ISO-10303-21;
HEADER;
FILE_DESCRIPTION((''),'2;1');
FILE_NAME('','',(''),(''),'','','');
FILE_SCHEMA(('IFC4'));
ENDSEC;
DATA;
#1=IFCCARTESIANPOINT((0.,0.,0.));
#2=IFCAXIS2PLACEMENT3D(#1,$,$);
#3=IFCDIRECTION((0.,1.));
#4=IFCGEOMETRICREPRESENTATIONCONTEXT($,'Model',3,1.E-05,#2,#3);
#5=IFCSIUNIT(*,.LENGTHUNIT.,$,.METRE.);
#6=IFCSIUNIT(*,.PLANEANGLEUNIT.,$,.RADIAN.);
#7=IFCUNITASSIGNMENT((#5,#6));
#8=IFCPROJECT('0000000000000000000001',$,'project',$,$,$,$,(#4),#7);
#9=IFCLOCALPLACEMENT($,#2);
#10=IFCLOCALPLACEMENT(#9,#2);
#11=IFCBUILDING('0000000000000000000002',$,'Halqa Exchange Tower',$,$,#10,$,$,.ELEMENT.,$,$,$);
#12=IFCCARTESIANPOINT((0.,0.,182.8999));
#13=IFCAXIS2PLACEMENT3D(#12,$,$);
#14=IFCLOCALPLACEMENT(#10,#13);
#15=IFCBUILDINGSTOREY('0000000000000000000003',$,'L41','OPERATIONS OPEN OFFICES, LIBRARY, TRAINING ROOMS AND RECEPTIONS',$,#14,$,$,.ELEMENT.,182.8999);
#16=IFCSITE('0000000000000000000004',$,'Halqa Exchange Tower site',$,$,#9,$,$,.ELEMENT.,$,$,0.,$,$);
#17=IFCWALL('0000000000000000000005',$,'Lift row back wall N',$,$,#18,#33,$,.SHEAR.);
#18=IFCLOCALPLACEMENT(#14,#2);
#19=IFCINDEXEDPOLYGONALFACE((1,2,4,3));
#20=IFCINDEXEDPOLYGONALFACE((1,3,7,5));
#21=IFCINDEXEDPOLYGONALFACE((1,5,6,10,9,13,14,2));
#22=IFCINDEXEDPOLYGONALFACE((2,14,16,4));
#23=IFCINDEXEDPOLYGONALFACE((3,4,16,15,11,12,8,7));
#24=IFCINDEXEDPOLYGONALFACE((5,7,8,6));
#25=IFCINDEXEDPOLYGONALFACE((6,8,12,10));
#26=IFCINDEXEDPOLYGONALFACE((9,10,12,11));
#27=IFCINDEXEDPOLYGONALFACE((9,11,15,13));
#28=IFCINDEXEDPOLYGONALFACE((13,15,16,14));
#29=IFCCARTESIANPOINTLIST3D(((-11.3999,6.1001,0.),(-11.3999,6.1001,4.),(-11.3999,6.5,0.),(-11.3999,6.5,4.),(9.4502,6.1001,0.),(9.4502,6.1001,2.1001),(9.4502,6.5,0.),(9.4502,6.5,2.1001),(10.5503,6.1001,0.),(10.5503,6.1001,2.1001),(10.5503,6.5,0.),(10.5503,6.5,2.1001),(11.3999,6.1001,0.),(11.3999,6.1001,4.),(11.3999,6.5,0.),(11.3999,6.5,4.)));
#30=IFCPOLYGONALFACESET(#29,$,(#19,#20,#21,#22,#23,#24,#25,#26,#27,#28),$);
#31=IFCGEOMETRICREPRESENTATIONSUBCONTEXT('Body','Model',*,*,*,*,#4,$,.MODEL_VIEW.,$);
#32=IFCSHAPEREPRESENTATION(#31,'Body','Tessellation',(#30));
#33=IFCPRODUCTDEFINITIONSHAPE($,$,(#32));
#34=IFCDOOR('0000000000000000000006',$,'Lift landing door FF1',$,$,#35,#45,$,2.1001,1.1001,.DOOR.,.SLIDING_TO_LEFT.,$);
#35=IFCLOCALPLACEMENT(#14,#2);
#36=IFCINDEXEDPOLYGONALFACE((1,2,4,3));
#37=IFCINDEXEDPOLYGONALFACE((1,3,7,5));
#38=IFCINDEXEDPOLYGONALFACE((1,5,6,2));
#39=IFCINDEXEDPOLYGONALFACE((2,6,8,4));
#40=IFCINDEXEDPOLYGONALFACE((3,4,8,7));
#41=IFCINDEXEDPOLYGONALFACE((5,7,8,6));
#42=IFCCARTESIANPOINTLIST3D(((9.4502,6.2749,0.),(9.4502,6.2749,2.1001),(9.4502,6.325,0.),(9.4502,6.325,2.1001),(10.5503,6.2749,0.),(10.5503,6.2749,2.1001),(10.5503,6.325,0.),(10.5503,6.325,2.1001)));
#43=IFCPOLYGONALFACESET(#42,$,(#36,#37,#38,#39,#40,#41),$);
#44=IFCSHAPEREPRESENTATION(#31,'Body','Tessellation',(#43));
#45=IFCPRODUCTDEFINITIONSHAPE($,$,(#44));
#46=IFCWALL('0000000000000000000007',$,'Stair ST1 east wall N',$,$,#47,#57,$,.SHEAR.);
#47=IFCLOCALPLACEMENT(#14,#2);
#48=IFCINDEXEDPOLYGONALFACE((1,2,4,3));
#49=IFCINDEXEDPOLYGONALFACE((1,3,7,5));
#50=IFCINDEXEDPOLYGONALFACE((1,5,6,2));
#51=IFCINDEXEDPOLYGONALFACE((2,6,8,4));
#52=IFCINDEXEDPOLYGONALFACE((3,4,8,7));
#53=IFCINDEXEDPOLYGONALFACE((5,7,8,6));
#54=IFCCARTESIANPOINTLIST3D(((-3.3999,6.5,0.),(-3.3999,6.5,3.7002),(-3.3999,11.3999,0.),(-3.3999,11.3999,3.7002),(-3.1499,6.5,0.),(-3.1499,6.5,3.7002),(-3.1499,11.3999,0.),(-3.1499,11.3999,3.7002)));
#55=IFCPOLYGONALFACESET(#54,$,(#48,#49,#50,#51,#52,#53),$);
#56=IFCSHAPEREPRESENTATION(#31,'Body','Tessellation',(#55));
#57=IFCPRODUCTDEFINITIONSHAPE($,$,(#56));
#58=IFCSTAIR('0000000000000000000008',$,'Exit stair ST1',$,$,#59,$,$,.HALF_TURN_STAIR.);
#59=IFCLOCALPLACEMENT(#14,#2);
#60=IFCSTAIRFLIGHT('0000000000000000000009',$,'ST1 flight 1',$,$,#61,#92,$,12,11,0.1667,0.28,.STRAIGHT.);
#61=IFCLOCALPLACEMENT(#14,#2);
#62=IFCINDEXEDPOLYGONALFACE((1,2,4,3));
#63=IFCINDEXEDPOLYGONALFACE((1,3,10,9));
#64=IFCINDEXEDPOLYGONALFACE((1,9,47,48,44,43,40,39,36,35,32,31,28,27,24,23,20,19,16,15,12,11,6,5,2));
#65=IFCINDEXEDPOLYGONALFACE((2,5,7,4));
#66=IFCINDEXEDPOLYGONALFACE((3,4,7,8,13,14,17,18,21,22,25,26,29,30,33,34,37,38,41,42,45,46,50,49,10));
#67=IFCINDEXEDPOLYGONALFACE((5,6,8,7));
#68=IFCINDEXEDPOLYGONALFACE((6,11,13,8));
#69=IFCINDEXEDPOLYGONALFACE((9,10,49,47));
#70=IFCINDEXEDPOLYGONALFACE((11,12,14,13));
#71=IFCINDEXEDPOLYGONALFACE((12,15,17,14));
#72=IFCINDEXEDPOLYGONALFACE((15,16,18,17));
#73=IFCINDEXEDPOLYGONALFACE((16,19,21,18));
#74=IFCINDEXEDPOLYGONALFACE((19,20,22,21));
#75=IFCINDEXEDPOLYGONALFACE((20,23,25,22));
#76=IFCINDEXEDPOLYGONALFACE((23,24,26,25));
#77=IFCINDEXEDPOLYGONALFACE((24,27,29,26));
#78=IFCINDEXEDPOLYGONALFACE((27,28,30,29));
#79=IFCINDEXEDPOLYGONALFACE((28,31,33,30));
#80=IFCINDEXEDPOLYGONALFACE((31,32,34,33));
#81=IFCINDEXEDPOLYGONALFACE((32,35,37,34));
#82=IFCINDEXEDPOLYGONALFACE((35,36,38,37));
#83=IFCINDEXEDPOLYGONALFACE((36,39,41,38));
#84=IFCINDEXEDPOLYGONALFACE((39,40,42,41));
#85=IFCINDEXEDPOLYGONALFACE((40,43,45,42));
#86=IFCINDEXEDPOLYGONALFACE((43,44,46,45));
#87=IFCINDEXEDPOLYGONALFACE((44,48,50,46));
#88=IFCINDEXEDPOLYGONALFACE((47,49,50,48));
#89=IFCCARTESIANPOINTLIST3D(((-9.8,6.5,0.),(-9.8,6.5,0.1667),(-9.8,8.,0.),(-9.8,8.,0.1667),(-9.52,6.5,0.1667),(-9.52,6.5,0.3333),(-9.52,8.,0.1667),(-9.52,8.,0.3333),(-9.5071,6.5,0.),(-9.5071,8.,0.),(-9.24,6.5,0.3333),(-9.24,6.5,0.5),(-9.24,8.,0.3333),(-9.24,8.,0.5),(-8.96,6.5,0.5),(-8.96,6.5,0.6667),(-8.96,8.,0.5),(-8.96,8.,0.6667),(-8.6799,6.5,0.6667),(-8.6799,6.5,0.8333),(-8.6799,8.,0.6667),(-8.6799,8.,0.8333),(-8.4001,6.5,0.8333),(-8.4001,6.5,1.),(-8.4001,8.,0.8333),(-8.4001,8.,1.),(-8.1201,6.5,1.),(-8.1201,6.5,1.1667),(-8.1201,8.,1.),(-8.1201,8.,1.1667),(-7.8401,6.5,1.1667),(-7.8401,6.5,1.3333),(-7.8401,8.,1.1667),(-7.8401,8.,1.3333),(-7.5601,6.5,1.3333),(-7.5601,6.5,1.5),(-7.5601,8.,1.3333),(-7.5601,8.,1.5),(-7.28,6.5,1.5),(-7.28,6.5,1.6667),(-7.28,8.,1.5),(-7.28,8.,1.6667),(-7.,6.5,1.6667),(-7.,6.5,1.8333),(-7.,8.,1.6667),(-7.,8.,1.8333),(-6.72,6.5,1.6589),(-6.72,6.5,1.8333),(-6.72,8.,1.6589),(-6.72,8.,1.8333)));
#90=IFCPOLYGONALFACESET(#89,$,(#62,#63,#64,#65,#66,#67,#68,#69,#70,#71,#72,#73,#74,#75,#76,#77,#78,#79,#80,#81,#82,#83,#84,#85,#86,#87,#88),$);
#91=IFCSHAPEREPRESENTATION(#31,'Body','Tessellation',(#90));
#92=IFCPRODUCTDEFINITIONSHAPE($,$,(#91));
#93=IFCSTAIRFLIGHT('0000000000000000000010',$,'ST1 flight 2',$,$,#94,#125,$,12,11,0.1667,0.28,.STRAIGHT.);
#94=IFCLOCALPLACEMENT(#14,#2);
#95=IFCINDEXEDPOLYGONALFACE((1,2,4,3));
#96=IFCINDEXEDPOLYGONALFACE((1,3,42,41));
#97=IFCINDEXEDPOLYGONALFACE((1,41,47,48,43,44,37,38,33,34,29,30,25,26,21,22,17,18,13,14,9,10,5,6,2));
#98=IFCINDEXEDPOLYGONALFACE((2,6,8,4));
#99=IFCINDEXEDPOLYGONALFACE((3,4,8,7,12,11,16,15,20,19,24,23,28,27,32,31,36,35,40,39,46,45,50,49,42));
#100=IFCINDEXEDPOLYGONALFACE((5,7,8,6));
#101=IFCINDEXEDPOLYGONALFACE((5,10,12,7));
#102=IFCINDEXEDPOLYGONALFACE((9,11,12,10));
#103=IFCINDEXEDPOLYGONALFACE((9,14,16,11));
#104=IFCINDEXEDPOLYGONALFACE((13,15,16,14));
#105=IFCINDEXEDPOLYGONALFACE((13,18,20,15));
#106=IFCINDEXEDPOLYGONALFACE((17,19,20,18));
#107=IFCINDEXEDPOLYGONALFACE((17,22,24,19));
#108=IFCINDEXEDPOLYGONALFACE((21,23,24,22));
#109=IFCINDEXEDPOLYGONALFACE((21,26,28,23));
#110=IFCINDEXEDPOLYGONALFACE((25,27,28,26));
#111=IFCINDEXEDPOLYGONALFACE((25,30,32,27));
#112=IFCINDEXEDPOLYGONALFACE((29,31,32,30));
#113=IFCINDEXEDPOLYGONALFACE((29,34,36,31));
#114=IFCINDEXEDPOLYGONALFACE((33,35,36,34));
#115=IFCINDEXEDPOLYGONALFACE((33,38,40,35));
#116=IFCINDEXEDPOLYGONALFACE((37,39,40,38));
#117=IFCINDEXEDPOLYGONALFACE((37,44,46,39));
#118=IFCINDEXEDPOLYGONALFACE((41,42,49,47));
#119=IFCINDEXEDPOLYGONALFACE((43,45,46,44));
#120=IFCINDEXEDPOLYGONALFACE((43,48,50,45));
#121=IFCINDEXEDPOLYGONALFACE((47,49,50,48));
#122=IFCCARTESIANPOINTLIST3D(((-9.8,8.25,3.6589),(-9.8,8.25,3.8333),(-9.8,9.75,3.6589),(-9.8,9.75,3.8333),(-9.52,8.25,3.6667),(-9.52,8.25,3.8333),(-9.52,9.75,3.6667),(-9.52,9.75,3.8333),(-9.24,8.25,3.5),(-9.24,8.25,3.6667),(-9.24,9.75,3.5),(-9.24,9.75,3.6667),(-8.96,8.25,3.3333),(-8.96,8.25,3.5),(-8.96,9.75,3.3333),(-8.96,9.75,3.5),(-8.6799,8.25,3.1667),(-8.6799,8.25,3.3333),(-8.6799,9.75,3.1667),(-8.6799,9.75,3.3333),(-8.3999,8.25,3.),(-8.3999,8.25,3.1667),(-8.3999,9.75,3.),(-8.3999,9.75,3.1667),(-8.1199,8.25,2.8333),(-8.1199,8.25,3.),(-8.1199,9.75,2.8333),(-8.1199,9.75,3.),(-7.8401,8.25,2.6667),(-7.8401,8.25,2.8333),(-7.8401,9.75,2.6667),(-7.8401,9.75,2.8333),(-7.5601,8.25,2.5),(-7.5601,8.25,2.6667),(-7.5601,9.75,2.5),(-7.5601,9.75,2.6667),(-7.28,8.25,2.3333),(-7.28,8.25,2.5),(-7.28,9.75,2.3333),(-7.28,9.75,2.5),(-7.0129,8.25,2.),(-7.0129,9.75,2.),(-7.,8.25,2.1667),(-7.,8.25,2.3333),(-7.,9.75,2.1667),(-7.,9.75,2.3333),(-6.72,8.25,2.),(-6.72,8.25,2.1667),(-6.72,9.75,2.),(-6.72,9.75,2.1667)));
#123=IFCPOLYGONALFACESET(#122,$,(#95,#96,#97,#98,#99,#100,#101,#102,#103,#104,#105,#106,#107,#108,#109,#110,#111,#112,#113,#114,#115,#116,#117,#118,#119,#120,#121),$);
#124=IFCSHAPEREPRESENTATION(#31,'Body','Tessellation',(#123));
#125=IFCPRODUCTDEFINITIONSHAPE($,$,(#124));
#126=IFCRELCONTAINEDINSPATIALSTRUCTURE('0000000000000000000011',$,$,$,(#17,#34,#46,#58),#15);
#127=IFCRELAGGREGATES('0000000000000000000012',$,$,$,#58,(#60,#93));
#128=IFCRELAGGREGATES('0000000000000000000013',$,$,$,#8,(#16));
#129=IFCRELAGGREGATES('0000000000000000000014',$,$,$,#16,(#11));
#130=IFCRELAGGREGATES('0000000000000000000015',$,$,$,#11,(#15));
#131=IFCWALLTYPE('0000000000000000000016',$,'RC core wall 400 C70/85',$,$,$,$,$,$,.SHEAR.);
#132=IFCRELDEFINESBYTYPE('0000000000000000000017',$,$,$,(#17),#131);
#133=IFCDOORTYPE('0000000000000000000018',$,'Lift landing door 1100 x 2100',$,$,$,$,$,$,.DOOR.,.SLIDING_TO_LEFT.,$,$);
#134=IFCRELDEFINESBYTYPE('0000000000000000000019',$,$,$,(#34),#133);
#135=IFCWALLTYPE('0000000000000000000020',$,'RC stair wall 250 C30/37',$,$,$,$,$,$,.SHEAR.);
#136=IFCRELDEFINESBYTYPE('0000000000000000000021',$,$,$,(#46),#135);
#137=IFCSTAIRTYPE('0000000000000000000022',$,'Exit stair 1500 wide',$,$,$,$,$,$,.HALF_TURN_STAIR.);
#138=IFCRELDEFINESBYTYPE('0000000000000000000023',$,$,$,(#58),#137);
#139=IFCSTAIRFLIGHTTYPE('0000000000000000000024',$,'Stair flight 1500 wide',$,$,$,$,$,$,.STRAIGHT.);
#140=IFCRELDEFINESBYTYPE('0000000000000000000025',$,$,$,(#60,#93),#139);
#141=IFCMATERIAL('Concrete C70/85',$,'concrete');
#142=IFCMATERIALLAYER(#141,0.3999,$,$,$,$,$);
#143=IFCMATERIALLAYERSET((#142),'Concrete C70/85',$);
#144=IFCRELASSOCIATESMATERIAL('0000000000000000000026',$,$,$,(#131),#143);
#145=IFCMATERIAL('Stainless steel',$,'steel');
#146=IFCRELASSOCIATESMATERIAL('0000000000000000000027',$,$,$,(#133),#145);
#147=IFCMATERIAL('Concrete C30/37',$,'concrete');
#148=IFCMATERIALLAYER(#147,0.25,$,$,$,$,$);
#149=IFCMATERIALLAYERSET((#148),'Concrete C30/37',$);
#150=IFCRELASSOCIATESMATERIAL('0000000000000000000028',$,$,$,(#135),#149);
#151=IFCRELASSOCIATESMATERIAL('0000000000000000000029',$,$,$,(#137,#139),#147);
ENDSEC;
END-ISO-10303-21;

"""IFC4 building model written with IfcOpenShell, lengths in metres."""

from ifc_helpers import new_model, si_unit, direction, frame, frame_2d, origin, place, context, subcontext, project, spatial, polyline, rectangle, outline, extrude, material, layer, layer_set, type_object, element, fill, aggregate, save


model = new_model("IFC4")

# Units and contexts
model_context = context("Model", 3, precision=1e-05, world=origin(), true_north=direction((0.0, 1.0)))
body_context = subcontext(model_context, "Body", "Model", "MODEL_VIEW")
ifc_project = project(units=[si_unit("LENGTHUNIT", "METRE"), si_unit("PLANEANGLEUNIT", "RADIAN")], contexts=[model_context])

# Site, building, storey
site_placement = place(None, origin())
site = spatial("IfcSite", under=ifc_project, at=site_placement, Name="Halqa Exchange Tower site", CompositionType="ELEMENT", RefElevation=0.0)
building_placement = place(site_placement, origin())
building = spatial("IfcBuilding", under=site, at=building_placement, Name="Halqa Exchange Tower", CompositionType="ELEMENT")
storey_placement = place(building_placement, frame((0.0, 0.0, 182.8999)))
storey = spatial("IfcBuildingStorey", under=building, at=storey_placement, Name="L41", Description="OPERATIONS OPEN OFFICES, LIBRARY, TRAINING ROOMS AND RECEPTIONS", CompositionType="ELEMENT", Elevation=182.8999)

# Shared definitions
ifc_material_1 = material(Name="Concrete C70/85", Category="concrete")
ifc_layer_1 = layer(ifc_material_1, 0.3999)
ifc_layer_set_1 = layer_set([ifc_layer_1], Name="Concrete C70/85")
wall_type_1 = type_object("IfcWallType", Name="RC core wall 400 C70/85", PredefinedType="SHEAR", material=ifc_layer_set_1)
ifc_material_2 = material(Name="Stainless steel", Category="steel")
door_type_1 = type_object("IfcDoorType", Name="Lift landing door 1100 x 2100", OperationType="SLIDING_TO_LEFT", PredefinedType="DOOR", material=ifc_material_2)

# Wall, opening, door
wall_1_placement = place(storey_placement, frame((-11.3999, 6.3, 0.0), z_axis=(0.0, 0.0, 1.0), x_axis=(1.0, 0.0, 0.0)))
wall_1 = element("IfcWall", 1, at=wall_1_placement, inside=storey, type_object=wall_type_1, Name="Lift row back wall N", PredefinedType="SHEAR", context=body_context, shape_type="SweptSolid", body=[
    extrude(rectangle(XDim=22.7998, YDim=0.3999, at=frame_2d((11.3999, 0.0))), origin(), (0.0, 0.0, 1.0), 4.0),
])
opening_1_placement = place(wall_1_placement, frame((20.8501, 0.0, 0.0)))
opening_1 = element("IfcOpeningElement", 2, at=opening_1_placement, cuts=wall_1, PredefinedType="OPENING", context=body_context, shape_type="SweptSolid", body=[
    extrude(rectangle(XDim=1.1001, YDim=2.1001, at=frame_2d((0.55, 1.05))), frame((0.0, 0.2119, 0.0), z_axis=(0.0, -1.0, 0.0), x_axis=(1.0, 0.0, 0.0)), (0.0, 0.0, 1.0), 0.4238),
])
door_1_placement = place(opening_1_placement, origin())
door_1 = element("IfcDoor", 3, at=door_1_placement, inside=storey, type_object=door_type_1, Name="Lift landing door FF1", OperationType="SLIDING_TO_LEFT", OverallHeight=2.1001, OverallWidth=1.1001, PredefinedType="DOOR", context=body_context, shape_type="SweptSolid", body=[
    extrude(rectangle(XDim=1.1001, YDim=2.1001, at=frame_2d((0.55, 1.05))), frame((0.0, 0.0249, 0.0), z_axis=(0.0, -1.0, 0.0), x_axis=(1.0, 0.0, 0.0)), (0.0, 0.0, 1.0), 0.05),
])
fill(opening_1, door_1)

# Wall
ifc_material_3 = material(Name="Concrete C30/37", Category="concrete")
ifc_layer_2 = layer(ifc_material_3, 0.25)
ifc_layer_set_2 = layer_set([ifc_layer_2], Name="Concrete C30/37")
wall_type_2 = type_object("IfcWallType", Name="RC stair wall 250 C30/37", PredefinedType="SHEAR", material=ifc_layer_set_2)
wall_2_placement = place(storey_placement, frame((-3.2749, 6.5, 0.0), z_axis=(0.0, 0.0, 1.0), x_axis=(0.0, 1.0, 0.0)))
element("IfcWall", 4, at=wall_2_placement, inside=storey, type_object=wall_type_2, Name="Stair ST1 east wall N", PredefinedType="SHEAR", context=body_context, shape_type="SweptSolid", body=[
    extrude(rectangle(XDim=4.8999, YDim=0.25, at=frame_2d((2.45, 0.0))), origin(), (0.0, 0.0, 1.0), 3.7002),
])

# Stair, stair flights
stair_type = type_object("IfcStairType", Name="Exit stair 1500 wide", PredefinedType="HALF_TURN_STAIR", material=ifc_material_3)
stair_placement = place(storey_placement, origin())
stair = element("IfcStair", 5, at=stair_placement, inside=storey, type_object=stair_type, Name="Exit stair ST1", PredefinedType="HALF_TURN_STAIR")
stair_flight_type = type_object("IfcStairFlightType", Name="Stair flight 1500 wide", PredefinedType="STRAIGHT", material=ifc_material_3)
stair_flight_1_placement = place(storey_placement, frame((-9.8, 7.25, 0.0), z_axis=(0.0, 0.0, 1.0), x_axis=(1.0, 0.0, 0.0)))
stair_flight_1 = element("IfcStairFlight", 6, at=stair_flight_1_placement, type_object=stair_flight_type, Name="ST1 flight 1", NumberOfRisers=12, NumberOfTreads=11, PredefinedType="STRAIGHT", RiserHeight=0.1667, TreadLength=0.28, context=body_context, shape_type="SweptSolid", body=[
    extrude(outline(polyline([(0.0, 0.0), (0.0, 0.1667), (0.28, 0.1667), (0.28, 0.3333), (0.5601, 0.3333), (0.5601, 0.5), (0.8401, 0.5), (0.8401, 0.6667), (1.1201, 0.6667), (1.1201, 0.8333), (1.3999, 0.8333), (1.3999, 1.0), (1.6799, 1.0), (1.6799, 1.1667), (1.96, 1.1667), (1.96, 1.3333), (2.24, 1.3333), (2.24, 1.5), (2.52, 1.5), (2.52, 1.6667), (2.8, 1.6667), (2.8, 1.8333), (3.0801, 1.8333), (3.0801, 2.0), (3.0801, 1.6589), (0.293, 0.0), (0.0, 0.0)])), frame((0.0, 0.75, 0.0), z_axis=(0.0, -1.0, 0.0), x_axis=(1.0, 0.0, 0.0)), (0.0, 0.0, 1.0), 1.5),
])
stair_flight_2_placement = place(storey_placement, frame((-6.72, 9.0, 2.0), z_axis=(0.0, 0.0, 1.0), x_axis=(-1.0, 0.0, 0.0)))
stair_flight_2 = element("IfcStairFlight", 7, at=stair_flight_2_placement, type_object=stair_flight_type, Name="ST1 flight 2", NumberOfRisers=12, NumberOfTreads=11, PredefinedType="STRAIGHT", RiserHeight=0.1667, TreadLength=0.28, context=body_context, shape_type="SweptSolid", body=[
    extrude(outline(polyline([(0.0, 0.0), (0.0, 0.1667), (0.28, 0.1667), (0.28, 0.3333), (0.5601, 0.3333), (0.5601, 0.5), (0.8401, 0.5), (0.8401, 0.6667), (1.1201, 0.6667), (1.1201, 0.8333), (1.3999, 0.8333), (1.3999, 1.0), (1.6799, 1.0), (1.6799, 1.1667), (1.96, 1.1667), (1.96, 1.3333), (2.24, 1.3333), (2.24, 1.5), (2.52, 1.5), (2.52, 1.6667), (2.8, 1.6667), (2.8, 1.8333), (3.0801, 1.8333), (3.0801, 2.0), (3.0801, 1.6589), (0.293, 0.0), (0.0, 0.0)])), frame((0.0, 0.75, 0.0), z_axis=(0.0, -1.0, 0.0), x_axis=(1.0, 0.0, 0.0)), (0.0, 0.0, 1.0), 1.5),
])
aggregate(stair, [stair_flight_1, stair_flight_2])

save(model, "model.ifc")
